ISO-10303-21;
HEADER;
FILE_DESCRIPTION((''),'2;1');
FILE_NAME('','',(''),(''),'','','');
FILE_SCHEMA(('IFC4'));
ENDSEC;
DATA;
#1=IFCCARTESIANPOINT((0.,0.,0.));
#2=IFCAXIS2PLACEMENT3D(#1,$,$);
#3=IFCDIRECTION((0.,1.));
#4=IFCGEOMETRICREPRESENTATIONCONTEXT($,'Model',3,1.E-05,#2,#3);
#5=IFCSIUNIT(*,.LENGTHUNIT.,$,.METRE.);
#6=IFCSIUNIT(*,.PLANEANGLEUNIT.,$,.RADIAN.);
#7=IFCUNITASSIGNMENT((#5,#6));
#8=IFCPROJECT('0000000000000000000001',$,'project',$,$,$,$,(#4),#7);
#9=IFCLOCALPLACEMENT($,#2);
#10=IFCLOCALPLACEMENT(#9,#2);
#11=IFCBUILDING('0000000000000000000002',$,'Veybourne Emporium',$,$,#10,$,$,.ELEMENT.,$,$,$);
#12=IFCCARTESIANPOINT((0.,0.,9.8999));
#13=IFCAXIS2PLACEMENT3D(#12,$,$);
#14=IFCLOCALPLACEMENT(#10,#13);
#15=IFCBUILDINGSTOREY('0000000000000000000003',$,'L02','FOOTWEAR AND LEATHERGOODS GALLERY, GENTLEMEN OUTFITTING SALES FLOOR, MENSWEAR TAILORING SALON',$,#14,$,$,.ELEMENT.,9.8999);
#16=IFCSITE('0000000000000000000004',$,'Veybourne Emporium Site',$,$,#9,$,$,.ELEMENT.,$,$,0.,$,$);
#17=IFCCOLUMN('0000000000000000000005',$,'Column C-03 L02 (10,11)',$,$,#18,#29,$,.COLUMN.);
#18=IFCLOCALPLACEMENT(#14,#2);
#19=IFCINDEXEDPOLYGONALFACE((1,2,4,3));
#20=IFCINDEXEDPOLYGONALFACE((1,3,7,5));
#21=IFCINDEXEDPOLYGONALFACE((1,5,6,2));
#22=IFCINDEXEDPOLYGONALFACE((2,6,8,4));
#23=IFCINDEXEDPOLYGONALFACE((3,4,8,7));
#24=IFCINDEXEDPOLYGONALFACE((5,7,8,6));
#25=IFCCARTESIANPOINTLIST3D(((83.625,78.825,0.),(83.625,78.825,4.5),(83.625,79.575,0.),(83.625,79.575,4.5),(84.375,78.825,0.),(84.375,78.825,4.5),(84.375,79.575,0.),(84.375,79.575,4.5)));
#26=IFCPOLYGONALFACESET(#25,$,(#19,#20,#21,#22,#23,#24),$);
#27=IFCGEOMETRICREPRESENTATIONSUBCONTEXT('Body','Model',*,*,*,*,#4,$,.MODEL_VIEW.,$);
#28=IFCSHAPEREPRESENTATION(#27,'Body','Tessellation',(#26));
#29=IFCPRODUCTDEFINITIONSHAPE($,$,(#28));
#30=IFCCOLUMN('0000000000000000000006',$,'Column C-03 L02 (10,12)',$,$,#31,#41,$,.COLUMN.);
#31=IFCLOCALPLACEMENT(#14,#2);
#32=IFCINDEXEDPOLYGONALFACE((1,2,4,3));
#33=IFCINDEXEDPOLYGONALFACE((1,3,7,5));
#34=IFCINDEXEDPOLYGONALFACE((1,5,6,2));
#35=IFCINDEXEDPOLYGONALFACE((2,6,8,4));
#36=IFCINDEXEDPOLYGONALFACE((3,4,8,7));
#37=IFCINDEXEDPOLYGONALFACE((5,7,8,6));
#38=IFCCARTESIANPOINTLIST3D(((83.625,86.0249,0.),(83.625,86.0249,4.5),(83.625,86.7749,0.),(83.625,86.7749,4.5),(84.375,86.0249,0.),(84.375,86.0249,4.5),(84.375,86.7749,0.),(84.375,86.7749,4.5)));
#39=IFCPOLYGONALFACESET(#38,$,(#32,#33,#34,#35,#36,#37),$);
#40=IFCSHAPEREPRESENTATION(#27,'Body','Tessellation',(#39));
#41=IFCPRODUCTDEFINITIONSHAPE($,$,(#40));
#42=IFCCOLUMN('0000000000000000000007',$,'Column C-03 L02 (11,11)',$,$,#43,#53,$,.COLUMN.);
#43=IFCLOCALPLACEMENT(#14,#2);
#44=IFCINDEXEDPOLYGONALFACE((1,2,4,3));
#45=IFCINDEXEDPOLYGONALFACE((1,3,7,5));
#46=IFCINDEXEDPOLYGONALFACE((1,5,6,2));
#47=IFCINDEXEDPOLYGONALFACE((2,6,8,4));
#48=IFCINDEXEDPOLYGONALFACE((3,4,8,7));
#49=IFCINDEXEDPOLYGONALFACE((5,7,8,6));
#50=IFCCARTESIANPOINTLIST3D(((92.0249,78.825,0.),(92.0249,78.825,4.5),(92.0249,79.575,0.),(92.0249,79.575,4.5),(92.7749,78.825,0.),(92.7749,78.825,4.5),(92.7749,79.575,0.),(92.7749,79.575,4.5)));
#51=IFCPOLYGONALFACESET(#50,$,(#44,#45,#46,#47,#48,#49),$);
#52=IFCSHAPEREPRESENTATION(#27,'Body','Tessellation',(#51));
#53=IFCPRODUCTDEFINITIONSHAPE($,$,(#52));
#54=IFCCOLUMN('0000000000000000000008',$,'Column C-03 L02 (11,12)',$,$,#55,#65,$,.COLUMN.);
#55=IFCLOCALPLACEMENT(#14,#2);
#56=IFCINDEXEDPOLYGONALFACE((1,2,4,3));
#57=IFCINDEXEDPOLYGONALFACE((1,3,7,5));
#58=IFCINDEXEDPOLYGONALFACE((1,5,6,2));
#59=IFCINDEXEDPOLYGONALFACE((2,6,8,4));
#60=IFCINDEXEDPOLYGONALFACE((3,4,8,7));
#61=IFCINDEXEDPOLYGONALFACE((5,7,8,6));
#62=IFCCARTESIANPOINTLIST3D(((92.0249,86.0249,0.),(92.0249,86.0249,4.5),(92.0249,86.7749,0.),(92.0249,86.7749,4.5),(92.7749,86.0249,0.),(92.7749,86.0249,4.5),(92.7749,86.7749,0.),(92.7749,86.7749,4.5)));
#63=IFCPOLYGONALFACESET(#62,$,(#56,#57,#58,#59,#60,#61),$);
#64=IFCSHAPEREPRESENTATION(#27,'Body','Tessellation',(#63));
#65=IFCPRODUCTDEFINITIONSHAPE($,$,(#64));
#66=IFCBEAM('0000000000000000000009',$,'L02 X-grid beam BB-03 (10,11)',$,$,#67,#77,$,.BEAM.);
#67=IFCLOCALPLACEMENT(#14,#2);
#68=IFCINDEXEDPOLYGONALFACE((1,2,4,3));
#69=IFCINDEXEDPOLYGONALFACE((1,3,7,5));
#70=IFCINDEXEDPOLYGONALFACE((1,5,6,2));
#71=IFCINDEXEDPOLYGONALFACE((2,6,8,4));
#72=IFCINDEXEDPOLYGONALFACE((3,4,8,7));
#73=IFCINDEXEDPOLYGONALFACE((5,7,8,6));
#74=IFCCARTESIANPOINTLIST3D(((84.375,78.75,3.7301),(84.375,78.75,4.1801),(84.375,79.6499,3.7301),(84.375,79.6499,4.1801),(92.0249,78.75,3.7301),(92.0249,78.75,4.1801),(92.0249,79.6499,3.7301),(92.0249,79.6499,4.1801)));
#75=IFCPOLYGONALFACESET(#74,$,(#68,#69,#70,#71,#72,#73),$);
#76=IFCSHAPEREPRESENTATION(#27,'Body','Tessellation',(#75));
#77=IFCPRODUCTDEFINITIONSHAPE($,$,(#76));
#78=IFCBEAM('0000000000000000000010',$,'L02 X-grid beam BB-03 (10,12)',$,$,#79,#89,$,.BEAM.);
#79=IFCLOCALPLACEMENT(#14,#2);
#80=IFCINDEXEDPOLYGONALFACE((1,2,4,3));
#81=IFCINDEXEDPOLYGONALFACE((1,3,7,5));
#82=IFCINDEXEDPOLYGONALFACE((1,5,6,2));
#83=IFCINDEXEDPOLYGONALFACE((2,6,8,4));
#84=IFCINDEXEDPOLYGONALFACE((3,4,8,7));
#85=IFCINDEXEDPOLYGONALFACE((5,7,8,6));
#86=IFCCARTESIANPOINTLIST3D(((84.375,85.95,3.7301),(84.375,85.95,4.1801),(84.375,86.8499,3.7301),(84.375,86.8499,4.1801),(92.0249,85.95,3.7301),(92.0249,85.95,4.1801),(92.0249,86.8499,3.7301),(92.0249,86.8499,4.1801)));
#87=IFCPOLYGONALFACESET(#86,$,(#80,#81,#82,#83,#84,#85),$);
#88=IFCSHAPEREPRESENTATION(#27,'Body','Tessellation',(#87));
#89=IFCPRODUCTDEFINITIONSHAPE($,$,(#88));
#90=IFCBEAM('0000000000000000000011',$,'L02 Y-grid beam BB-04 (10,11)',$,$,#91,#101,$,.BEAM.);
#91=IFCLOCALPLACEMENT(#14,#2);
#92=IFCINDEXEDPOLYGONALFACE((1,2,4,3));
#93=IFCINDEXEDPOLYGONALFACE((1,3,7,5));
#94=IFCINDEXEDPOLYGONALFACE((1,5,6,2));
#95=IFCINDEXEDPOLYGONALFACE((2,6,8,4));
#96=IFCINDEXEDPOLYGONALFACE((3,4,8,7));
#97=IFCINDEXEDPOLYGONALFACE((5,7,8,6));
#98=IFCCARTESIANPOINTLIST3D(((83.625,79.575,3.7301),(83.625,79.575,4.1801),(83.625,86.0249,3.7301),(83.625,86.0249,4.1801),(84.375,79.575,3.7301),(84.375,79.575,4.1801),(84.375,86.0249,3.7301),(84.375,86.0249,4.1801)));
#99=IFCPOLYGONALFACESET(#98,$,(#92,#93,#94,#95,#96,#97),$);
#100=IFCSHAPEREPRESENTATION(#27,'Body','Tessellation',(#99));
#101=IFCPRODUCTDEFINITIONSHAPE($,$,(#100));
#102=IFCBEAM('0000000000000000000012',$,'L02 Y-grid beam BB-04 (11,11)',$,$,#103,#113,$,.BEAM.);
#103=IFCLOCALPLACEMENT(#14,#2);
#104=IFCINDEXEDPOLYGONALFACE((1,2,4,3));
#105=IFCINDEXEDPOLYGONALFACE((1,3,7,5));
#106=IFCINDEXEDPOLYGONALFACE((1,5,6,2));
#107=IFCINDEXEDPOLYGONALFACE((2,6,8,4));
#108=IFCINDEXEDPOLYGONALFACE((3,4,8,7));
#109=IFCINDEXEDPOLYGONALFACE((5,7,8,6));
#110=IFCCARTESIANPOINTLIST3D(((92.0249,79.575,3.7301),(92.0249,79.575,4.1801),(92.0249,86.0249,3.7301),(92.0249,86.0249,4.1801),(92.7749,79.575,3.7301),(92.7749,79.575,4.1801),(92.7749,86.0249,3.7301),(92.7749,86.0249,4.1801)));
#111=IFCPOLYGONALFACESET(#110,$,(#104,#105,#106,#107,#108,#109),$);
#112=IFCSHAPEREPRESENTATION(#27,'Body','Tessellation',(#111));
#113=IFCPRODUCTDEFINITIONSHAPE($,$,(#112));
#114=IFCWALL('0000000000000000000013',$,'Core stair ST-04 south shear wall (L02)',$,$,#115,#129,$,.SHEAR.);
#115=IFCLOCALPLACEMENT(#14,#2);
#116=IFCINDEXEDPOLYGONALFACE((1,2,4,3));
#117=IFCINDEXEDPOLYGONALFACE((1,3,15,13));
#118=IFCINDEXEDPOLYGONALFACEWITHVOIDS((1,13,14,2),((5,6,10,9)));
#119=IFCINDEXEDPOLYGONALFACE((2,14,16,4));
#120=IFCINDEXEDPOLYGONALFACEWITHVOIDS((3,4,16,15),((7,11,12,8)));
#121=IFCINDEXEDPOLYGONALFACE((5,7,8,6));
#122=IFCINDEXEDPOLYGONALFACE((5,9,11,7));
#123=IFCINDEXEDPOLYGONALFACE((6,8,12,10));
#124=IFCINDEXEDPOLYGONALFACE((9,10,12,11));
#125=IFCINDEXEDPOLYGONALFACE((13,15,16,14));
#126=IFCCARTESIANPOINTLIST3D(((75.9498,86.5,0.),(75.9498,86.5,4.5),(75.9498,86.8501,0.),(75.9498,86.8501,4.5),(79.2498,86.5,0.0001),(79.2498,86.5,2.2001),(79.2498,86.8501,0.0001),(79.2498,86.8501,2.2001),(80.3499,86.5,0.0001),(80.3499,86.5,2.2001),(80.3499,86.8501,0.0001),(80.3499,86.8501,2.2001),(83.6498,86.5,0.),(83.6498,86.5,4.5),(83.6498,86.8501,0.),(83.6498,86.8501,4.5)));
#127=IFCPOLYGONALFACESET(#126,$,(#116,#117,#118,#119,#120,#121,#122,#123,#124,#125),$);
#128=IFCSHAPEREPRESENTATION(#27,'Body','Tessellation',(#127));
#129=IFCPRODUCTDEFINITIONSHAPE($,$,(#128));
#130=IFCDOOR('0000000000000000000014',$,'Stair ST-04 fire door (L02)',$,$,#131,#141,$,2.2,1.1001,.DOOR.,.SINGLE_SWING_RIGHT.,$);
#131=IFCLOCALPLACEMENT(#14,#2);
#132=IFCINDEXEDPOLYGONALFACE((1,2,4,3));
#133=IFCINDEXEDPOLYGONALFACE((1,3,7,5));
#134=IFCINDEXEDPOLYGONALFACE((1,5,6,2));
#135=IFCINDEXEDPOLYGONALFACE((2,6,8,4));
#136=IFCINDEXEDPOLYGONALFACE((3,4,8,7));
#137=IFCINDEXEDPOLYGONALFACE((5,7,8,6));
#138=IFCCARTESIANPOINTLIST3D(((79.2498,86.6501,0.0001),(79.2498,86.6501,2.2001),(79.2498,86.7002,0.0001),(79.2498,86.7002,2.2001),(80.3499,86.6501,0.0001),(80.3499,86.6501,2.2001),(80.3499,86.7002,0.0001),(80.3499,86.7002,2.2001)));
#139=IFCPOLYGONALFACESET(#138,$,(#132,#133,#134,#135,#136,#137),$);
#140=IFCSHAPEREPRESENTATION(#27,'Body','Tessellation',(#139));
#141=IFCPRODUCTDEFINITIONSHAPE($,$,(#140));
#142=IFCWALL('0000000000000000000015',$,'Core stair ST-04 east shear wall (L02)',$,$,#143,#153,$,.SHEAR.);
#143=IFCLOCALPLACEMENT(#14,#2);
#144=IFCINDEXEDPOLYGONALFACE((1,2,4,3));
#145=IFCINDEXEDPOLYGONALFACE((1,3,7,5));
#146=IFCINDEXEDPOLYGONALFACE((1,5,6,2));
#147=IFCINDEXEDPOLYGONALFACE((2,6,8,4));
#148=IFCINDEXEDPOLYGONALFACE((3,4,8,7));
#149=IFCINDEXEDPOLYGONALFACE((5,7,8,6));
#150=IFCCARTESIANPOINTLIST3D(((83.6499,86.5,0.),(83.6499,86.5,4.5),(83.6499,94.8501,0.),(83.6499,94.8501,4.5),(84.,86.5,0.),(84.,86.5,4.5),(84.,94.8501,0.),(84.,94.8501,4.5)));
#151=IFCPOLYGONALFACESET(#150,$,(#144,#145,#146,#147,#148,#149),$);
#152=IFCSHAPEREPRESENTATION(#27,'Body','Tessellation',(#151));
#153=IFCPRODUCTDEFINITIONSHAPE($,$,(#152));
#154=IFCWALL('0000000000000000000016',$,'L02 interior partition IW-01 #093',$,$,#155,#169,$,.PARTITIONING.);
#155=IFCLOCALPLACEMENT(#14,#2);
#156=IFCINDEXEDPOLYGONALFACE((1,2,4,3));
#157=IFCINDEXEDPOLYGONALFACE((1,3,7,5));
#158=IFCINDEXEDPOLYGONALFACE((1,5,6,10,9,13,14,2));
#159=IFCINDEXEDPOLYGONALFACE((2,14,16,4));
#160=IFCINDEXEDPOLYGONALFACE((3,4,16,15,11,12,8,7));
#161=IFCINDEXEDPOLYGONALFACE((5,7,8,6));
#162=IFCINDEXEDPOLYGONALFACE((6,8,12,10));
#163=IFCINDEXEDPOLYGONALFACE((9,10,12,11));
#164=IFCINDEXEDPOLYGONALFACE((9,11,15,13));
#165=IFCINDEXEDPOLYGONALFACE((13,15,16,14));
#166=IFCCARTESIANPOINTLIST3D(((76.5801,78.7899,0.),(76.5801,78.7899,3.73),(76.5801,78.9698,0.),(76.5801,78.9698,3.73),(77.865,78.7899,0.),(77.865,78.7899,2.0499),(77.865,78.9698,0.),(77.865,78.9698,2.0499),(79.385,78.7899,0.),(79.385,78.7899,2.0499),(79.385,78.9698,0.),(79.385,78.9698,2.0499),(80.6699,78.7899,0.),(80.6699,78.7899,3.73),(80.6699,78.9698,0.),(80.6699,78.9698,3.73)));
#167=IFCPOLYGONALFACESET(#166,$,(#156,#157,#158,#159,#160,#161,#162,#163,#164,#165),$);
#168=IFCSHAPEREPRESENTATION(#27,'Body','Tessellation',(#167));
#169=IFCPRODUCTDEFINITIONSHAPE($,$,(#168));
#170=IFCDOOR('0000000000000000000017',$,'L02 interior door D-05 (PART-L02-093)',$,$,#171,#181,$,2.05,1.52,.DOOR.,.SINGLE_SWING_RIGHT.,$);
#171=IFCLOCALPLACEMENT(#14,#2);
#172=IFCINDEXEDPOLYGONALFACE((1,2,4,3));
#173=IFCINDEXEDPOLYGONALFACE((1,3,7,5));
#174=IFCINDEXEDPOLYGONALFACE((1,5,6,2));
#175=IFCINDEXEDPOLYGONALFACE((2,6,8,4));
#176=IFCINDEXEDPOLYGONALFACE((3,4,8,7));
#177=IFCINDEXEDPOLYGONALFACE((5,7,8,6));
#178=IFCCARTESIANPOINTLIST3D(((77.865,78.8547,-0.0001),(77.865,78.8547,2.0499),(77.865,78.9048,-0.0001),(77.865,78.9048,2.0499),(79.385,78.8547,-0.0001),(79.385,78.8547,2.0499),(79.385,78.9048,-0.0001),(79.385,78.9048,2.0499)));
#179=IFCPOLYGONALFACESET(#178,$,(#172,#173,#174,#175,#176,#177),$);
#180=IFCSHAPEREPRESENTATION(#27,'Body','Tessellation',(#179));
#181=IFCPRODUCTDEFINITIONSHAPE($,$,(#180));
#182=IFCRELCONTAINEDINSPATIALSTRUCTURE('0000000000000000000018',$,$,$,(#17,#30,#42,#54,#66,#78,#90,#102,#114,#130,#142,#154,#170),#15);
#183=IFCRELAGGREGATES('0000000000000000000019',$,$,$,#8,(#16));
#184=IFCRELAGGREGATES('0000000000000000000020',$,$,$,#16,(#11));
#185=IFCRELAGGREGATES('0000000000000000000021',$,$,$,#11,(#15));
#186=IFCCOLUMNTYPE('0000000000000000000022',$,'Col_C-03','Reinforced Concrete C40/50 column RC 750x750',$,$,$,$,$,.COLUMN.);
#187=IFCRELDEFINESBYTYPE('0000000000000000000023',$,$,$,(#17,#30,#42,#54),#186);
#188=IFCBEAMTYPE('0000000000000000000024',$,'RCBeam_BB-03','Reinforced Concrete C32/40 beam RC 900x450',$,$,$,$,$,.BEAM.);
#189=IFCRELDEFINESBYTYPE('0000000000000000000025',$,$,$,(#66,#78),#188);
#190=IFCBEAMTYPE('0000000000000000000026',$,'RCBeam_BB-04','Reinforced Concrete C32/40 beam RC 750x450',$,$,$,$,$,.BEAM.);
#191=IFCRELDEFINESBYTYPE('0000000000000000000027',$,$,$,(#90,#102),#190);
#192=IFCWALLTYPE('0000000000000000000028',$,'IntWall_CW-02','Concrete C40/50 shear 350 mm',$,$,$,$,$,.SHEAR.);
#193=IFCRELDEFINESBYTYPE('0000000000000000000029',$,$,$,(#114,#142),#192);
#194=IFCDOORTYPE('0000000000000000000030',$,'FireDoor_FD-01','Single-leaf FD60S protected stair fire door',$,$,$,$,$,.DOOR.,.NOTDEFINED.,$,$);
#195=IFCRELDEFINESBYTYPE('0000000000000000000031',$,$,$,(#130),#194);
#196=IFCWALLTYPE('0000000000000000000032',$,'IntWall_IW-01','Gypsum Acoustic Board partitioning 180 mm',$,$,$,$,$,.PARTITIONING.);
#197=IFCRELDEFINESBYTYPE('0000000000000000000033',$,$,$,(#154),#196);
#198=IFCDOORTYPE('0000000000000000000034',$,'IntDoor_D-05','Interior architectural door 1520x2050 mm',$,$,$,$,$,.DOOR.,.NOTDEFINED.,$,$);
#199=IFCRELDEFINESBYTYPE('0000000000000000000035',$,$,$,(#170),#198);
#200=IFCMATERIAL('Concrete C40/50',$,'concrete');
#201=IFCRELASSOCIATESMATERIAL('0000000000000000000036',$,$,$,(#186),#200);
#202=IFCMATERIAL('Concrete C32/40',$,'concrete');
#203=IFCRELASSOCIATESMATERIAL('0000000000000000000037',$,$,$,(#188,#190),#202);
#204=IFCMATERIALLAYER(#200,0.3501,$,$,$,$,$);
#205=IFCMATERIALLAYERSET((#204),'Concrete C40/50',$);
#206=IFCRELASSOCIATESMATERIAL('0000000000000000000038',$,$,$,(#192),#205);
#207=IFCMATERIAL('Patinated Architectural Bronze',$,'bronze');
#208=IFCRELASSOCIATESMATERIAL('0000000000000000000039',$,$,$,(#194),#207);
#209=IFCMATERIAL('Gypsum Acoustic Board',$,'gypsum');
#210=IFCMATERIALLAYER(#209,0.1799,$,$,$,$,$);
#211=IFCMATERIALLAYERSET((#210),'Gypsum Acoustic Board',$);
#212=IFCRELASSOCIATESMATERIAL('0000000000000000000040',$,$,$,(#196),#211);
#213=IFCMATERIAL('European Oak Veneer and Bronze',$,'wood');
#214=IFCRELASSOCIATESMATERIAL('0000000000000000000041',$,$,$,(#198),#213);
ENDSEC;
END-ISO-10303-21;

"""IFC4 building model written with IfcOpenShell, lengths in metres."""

from ifc_helpers import new_model, si_unit, direction, frame, frame_2d, origin, origin_2d, place, context, subcontext, project, spatial, rectangle, extrude, material, layer, layer_set, material_profile, profile_set, type_object, element, fill, save


model = new_model("IFC4")

# Units and contexts
model_context = context("Model", 3, precision=1e-05, world=origin(), true_north=direction((0.0, 1.0)))
body_context = subcontext(model_context, "Body", "Model", "MODEL_VIEW")
ifc_project = project(units=[si_unit("LENGTHUNIT", "METRE"), si_unit("PLANEANGLEUNIT", "RADIAN")], contexts=[model_context])

# Site, building, storey
site_placement = place(None, origin())
site = spatial("IfcSite", under=ifc_project, at=site_placement, Name="Veybourne Emporium Site", CompositionType="ELEMENT", RefElevation=0.0)
building_placement = place(site_placement, origin())
building = spatial("IfcBuilding", under=site, at=building_placement, Name="Veybourne Emporium", CompositionType="ELEMENT")
storey_placement = place(building_placement, frame((0.0, 0.0, 9.8999)))
storey = spatial("IfcBuildingStorey", under=building, at=storey_placement, Name="L02", Description="FOOTWEAR AND LEATHERGOODS GALLERY, GENTLEMEN OUTFITTING SALES FLOOR, MENSWEAR TAILORING SALON", CompositionType="ELEMENT", Elevation=9.8999)

# Columns
ifc_material_1 = material(Name="Concrete C40/50", Category="concrete")
ifc_material_profile_1 = material_profile(ifc_material_1, rectangle(XDim=0.75, YDim=0.75, at=origin_2d()), Name="RC 750x750")
ifc_profile_set_1 = profile_set([ifc_material_profile_1], Name="Concrete C40/50")
column_type = type_object("IfcColumnType", Name="Col_C-03", Description="Reinforced Concrete C40/50 column RC 750x750", PredefinedType="COLUMN", material=ifc_profile_set_1)
for number, where, z_axis, x_axis, name in (
    (1, (84.0, 79.2, 0.0), (0.0, 0.0, 1.0), (1.0, 0.0, 0.0), "Column C-03 L02 (10,11)"),
    (2, (84.0, 86.3999, 0.0), (0.0, 0.0, 1.0), (1.0, 0.0, 0.0), "Column C-03 L02 (10,12)"),
    (3, (92.3999, 79.2, 0.0), (0.0, 0.0, 1.0), (1.0, 0.0, 0.0), "Column C-03 L02 (11,11)"),
    (4, (92.3999, 86.3999, 0.0), (0.0, 0.0, 1.0), (1.0, 0.0, 0.0), "Column C-03 L02 (11,12)"),
):
    element("IfcColumn", number, at=place(storey_placement, frame(where, z_axis=z_axis, x_axis=x_axis)), inside=storey, type_object=column_type, Name=name, PredefinedType="COLUMN", context=body_context, shape_type="SweptSolid", body=[
        extrude(rectangle(XDim=0.75, YDim=0.75, at=origin_2d()), origin(), (0.0, 0.0, 1.0), 4.5),
    ])

# Beams
ifc_material_2 = material(Name="Concrete C32/40", Category="concrete")
ifc_material_profile_2 = material_profile(ifc_material_2, rectangle(XDim=0.8999, YDim=0.45, at=origin_2d()), Name="RC 900x450")
ifc_profile_set_2 = profile_set([ifc_material_profile_2], Name="Concrete C32/40")
beam_type_1 = type_object("IfcBeamType", Name="RCBeam_BB-03", Description="Reinforced Concrete C32/40 beam RC 900x450", PredefinedType="BEAM", material=ifc_profile_set_2)
for number, where, z_axis, x_axis, name in (
    (5, (84.375, 79.2, 3.9551), (1.0, 0.0, 0.0), (0.0, 1.0, 0.0), "L02 X-grid beam BB-03 (10,11)"),
    (6, (84.375, 86.3999, 3.9551), (1.0, 0.0, 0.0), (0.0, 1.0, 0.0), "L02 X-grid beam BB-03 (10,12)"),
):
    element("IfcBeam", number, at=place(storey_placement, frame(where, z_axis=z_axis, x_axis=x_axis)), inside=storey, type_object=beam_type_1, Name=name, PredefinedType="BEAM", context=body_context, shape_type="SweptSolid", body=[
        extrude(rectangle(XDim=0.8999, YDim=0.45, at=origin_2d()), origin(), (0.0, 0.0, 1.0), 7.6499),
    ])
ifc_material_profile_3 = material_profile(ifc_material_2, rectangle(XDim=0.75, YDim=0.45, at=origin_2d()), Name="RC 750x450")
ifc_profile_set_3 = profile_set([ifc_material_profile_3], Name="Concrete C32/40")
beam_type_2 = type_object("IfcBeamType", Name="RCBeam_BB-04", Description="Reinforced Concrete C32/40 beam RC 750x450", PredefinedType="BEAM", material=ifc_profile_set_3)
for number, where, z_axis, x_axis, name in (
    (7, (84.0, 79.575, 3.9551), (0.0, 1.0, 0.0), (-1.0, 0.0, 0.0), "L02 Y-grid beam BB-04 (10,11)"),
    (8, (92.3999, 79.575, 3.9551), (0.0, 1.0, 0.0), (-1.0, 0.0, 0.0), "L02 Y-grid beam BB-04 (11,11)"),
):
    element("IfcBeam", number, at=place(storey_placement, frame(where, z_axis=z_axis, x_axis=x_axis)), inside=storey, type_object=beam_type_2, Name=name, PredefinedType="BEAM", context=body_context, shape_type="SweptSolid", body=[
        extrude(rectangle(XDim=0.75, YDim=0.45, at=origin_2d()), origin(), (0.0, 0.0, 1.0), 6.45),
    ])

# Wall, opening, door
ifc_layer_1 = layer(ifc_material_1, 0.3501)
ifc_layer_set_1 = layer_set([ifc_layer_1], Name="Concrete C40/50")
wall_type_1 = type_object("IfcWallType", Name="IntWall_CW-02", Description="Concrete C40/50 shear 350 mm", PredefinedType="SHEAR", material=ifc_layer_set_1)
wall_1_placement = place(storey_placement, frame((83.6499, 86.675, 0.0), z_axis=(0.0, 0.0, 1.0), x_axis=(-1.0, 0.0, 0.0)))
wall_1 = element("IfcWall", 9, at=wall_1_placement, inside=storey, type_object=wall_type_1, Name="Core stair ST-04 south shear wall (L02)", PredefinedType="SHEAR", context=body_context, shape_type="SweptSolid", body=[
    extrude(rectangle(XDim=7.7, YDim=0.3501, at=frame_2d((3.8501, 0.0))), origin(), (0.0, 0.0, 1.0), 4.5),
])
opening_1_placement = place(wall_1_placement, frame((3.3, 0.0, 0.0)))
opening_1 = element("IfcOpeningElement", 10, at=opening_1_placement, cuts=wall_1, PredefinedType="OPENING", context=body_context, shape_type="SweptSolid", body=[
    extrude(rectangle(XDim=1.1001, YDim=2.2, at=frame_2d((0.55, 1.1001))), frame((0.0, 0.1951, 0.0), z_axis=(0.0, -1.0, 0.0), x_axis=(1.0, 0.0, 0.0)), (0.0, 0.0, 1.0), 0.3901),
])
ifc_material_3 = material(Name="Patinated Architectural Bronze", Category="bronze")
door_type_1 = type_object("IfcDoorType", Name="FireDoor_FD-01", Description="Single-leaf FD60S protected stair fire door", OperationType="NOTDEFINED", PredefinedType="DOOR", material=ifc_material_3)
door_1_placement = place(opening_1_placement, origin())
door_1 = element("IfcDoor", 11, at=door_1_placement, inside=storey, type_object=door_type_1, Name="Stair ST-04 fire door (L02)", OperationType="SINGLE_SWING_RIGHT", OverallHeight=2.2, OverallWidth=1.1001, PredefinedType="DOOR", context=body_context, shape_type="SweptSolid", body=[
    extrude(rectangle(XDim=1.1001, YDim=2.2, at=frame_2d((0.55, 1.1001))), frame((0.0, 0.0249, 0.0), z_axis=(0.0, -1.0, 0.0), x_axis=(1.0, 0.0, 0.0)), (0.0, 0.0, 1.0), 0.05),
])
fill(opening_1, door_1)

# Wall
wall_2_placement = place(storey_placement, frame((83.825, 86.5, 0.0), z_axis=(0.0, 0.0, 1.0), x_axis=(0.0, 1.0, 0.0)))
element("IfcWall", 12, at=wall_2_placement, inside=storey, type_object=wall_type_1, Name="Core stair ST-04 east shear wall (L02)", PredefinedType="SHEAR", context=body_context, shape_type="SweptSolid", body=[
    extrude(rectangle(XDim=8.3501, YDim=0.3501, at=frame_2d((4.175, 0.0))), origin(), (0.0, 0.0, 1.0), 4.5),
])

# Wall, opening, door
ifc_material_4 = material(Name="Gypsum Acoustic Board", Category="gypsum")
ifc_layer_2 = layer(ifc_material_4, 0.1799)
ifc_layer_set_2 = layer_set([ifc_layer_2], Name="Gypsum Acoustic Board")
wall_type_2 = type_object("IfcWallType", Name="IntWall_IW-01", Description="Gypsum Acoustic Board partitioning 180 mm", PredefinedType="PARTITIONING", material=ifc_layer_set_2)
wall_3_placement = place(storey_placement, frame((76.5801, 78.8799, 0.0), z_axis=(0.0, 0.0, 1.0), x_axis=(1.0, 0.0, 0.0)))
wall_3 = element("IfcWall", 13, at=wall_3_placement, inside=storey, type_object=wall_type_2, Name="L02 interior partition IW-01 #093", PredefinedType="PARTITIONING", context=body_context, shape_type="SweptSolid", body=[
    extrude(rectangle(XDim=4.0898, YDim=0.1799, at=frame_2d((2.0449, 0.0))), origin(), (0.0, 0.0, 1.0), 3.73),
])
opening_2_placement = place(wall_3_placement, frame((1.2849, 0.0, 0.0)))
opening_2 = element("IfcOpeningElement", 14, at=opening_2_placement, cuts=wall_3, PredefinedType="OPENING", context=body_context, shape_type="SweptSolid", body=[
    extrude(rectangle(XDim=1.52, YDim=2.05, at=frame_2d((0.76, 1.0249))), frame((0.0, 0.1099, 0.0), z_axis=(0.0, -1.0, 0.0), x_axis=(1.0, 0.0, 0.0)), (0.0, 0.0, 1.0), 0.22),
])
ifc_material_5 = material(Name="European Oak Veneer and Bronze", Category="wood")
door_type_2 = type_object("IfcDoorType", Name="IntDoor_D-05", Description="Interior architectural door 1520x2050 mm", OperationType="NOTDEFINED", PredefinedType="DOOR", material=ifc_material_5)
door_2_placement = place(opening_2_placement, origin())
door_2 = element("IfcDoor", 15, at=door_2_placement, inside=storey, type_object=door_type_2, Name="L02 interior door D-05 (PART-L02-093)", OperationType="SINGLE_SWING_RIGHT", OverallHeight=2.05, OverallWidth=1.52, PredefinedType="DOOR", context=body_context, shape_type="SweptSolid", body=[
    extrude(rectangle(XDim=1.52, YDim=2.05, at=frame_2d((0.76, 1.0249))), frame((0.0, 0.0249, 0.0), z_axis=(0.0, -1.0, 0.0), x_axis=(1.0, 0.0, 0.0)), (0.0, 0.0, 1.0), 0.05),
])
fill(opening_2, door_2)

save(model, "model.ifc")
